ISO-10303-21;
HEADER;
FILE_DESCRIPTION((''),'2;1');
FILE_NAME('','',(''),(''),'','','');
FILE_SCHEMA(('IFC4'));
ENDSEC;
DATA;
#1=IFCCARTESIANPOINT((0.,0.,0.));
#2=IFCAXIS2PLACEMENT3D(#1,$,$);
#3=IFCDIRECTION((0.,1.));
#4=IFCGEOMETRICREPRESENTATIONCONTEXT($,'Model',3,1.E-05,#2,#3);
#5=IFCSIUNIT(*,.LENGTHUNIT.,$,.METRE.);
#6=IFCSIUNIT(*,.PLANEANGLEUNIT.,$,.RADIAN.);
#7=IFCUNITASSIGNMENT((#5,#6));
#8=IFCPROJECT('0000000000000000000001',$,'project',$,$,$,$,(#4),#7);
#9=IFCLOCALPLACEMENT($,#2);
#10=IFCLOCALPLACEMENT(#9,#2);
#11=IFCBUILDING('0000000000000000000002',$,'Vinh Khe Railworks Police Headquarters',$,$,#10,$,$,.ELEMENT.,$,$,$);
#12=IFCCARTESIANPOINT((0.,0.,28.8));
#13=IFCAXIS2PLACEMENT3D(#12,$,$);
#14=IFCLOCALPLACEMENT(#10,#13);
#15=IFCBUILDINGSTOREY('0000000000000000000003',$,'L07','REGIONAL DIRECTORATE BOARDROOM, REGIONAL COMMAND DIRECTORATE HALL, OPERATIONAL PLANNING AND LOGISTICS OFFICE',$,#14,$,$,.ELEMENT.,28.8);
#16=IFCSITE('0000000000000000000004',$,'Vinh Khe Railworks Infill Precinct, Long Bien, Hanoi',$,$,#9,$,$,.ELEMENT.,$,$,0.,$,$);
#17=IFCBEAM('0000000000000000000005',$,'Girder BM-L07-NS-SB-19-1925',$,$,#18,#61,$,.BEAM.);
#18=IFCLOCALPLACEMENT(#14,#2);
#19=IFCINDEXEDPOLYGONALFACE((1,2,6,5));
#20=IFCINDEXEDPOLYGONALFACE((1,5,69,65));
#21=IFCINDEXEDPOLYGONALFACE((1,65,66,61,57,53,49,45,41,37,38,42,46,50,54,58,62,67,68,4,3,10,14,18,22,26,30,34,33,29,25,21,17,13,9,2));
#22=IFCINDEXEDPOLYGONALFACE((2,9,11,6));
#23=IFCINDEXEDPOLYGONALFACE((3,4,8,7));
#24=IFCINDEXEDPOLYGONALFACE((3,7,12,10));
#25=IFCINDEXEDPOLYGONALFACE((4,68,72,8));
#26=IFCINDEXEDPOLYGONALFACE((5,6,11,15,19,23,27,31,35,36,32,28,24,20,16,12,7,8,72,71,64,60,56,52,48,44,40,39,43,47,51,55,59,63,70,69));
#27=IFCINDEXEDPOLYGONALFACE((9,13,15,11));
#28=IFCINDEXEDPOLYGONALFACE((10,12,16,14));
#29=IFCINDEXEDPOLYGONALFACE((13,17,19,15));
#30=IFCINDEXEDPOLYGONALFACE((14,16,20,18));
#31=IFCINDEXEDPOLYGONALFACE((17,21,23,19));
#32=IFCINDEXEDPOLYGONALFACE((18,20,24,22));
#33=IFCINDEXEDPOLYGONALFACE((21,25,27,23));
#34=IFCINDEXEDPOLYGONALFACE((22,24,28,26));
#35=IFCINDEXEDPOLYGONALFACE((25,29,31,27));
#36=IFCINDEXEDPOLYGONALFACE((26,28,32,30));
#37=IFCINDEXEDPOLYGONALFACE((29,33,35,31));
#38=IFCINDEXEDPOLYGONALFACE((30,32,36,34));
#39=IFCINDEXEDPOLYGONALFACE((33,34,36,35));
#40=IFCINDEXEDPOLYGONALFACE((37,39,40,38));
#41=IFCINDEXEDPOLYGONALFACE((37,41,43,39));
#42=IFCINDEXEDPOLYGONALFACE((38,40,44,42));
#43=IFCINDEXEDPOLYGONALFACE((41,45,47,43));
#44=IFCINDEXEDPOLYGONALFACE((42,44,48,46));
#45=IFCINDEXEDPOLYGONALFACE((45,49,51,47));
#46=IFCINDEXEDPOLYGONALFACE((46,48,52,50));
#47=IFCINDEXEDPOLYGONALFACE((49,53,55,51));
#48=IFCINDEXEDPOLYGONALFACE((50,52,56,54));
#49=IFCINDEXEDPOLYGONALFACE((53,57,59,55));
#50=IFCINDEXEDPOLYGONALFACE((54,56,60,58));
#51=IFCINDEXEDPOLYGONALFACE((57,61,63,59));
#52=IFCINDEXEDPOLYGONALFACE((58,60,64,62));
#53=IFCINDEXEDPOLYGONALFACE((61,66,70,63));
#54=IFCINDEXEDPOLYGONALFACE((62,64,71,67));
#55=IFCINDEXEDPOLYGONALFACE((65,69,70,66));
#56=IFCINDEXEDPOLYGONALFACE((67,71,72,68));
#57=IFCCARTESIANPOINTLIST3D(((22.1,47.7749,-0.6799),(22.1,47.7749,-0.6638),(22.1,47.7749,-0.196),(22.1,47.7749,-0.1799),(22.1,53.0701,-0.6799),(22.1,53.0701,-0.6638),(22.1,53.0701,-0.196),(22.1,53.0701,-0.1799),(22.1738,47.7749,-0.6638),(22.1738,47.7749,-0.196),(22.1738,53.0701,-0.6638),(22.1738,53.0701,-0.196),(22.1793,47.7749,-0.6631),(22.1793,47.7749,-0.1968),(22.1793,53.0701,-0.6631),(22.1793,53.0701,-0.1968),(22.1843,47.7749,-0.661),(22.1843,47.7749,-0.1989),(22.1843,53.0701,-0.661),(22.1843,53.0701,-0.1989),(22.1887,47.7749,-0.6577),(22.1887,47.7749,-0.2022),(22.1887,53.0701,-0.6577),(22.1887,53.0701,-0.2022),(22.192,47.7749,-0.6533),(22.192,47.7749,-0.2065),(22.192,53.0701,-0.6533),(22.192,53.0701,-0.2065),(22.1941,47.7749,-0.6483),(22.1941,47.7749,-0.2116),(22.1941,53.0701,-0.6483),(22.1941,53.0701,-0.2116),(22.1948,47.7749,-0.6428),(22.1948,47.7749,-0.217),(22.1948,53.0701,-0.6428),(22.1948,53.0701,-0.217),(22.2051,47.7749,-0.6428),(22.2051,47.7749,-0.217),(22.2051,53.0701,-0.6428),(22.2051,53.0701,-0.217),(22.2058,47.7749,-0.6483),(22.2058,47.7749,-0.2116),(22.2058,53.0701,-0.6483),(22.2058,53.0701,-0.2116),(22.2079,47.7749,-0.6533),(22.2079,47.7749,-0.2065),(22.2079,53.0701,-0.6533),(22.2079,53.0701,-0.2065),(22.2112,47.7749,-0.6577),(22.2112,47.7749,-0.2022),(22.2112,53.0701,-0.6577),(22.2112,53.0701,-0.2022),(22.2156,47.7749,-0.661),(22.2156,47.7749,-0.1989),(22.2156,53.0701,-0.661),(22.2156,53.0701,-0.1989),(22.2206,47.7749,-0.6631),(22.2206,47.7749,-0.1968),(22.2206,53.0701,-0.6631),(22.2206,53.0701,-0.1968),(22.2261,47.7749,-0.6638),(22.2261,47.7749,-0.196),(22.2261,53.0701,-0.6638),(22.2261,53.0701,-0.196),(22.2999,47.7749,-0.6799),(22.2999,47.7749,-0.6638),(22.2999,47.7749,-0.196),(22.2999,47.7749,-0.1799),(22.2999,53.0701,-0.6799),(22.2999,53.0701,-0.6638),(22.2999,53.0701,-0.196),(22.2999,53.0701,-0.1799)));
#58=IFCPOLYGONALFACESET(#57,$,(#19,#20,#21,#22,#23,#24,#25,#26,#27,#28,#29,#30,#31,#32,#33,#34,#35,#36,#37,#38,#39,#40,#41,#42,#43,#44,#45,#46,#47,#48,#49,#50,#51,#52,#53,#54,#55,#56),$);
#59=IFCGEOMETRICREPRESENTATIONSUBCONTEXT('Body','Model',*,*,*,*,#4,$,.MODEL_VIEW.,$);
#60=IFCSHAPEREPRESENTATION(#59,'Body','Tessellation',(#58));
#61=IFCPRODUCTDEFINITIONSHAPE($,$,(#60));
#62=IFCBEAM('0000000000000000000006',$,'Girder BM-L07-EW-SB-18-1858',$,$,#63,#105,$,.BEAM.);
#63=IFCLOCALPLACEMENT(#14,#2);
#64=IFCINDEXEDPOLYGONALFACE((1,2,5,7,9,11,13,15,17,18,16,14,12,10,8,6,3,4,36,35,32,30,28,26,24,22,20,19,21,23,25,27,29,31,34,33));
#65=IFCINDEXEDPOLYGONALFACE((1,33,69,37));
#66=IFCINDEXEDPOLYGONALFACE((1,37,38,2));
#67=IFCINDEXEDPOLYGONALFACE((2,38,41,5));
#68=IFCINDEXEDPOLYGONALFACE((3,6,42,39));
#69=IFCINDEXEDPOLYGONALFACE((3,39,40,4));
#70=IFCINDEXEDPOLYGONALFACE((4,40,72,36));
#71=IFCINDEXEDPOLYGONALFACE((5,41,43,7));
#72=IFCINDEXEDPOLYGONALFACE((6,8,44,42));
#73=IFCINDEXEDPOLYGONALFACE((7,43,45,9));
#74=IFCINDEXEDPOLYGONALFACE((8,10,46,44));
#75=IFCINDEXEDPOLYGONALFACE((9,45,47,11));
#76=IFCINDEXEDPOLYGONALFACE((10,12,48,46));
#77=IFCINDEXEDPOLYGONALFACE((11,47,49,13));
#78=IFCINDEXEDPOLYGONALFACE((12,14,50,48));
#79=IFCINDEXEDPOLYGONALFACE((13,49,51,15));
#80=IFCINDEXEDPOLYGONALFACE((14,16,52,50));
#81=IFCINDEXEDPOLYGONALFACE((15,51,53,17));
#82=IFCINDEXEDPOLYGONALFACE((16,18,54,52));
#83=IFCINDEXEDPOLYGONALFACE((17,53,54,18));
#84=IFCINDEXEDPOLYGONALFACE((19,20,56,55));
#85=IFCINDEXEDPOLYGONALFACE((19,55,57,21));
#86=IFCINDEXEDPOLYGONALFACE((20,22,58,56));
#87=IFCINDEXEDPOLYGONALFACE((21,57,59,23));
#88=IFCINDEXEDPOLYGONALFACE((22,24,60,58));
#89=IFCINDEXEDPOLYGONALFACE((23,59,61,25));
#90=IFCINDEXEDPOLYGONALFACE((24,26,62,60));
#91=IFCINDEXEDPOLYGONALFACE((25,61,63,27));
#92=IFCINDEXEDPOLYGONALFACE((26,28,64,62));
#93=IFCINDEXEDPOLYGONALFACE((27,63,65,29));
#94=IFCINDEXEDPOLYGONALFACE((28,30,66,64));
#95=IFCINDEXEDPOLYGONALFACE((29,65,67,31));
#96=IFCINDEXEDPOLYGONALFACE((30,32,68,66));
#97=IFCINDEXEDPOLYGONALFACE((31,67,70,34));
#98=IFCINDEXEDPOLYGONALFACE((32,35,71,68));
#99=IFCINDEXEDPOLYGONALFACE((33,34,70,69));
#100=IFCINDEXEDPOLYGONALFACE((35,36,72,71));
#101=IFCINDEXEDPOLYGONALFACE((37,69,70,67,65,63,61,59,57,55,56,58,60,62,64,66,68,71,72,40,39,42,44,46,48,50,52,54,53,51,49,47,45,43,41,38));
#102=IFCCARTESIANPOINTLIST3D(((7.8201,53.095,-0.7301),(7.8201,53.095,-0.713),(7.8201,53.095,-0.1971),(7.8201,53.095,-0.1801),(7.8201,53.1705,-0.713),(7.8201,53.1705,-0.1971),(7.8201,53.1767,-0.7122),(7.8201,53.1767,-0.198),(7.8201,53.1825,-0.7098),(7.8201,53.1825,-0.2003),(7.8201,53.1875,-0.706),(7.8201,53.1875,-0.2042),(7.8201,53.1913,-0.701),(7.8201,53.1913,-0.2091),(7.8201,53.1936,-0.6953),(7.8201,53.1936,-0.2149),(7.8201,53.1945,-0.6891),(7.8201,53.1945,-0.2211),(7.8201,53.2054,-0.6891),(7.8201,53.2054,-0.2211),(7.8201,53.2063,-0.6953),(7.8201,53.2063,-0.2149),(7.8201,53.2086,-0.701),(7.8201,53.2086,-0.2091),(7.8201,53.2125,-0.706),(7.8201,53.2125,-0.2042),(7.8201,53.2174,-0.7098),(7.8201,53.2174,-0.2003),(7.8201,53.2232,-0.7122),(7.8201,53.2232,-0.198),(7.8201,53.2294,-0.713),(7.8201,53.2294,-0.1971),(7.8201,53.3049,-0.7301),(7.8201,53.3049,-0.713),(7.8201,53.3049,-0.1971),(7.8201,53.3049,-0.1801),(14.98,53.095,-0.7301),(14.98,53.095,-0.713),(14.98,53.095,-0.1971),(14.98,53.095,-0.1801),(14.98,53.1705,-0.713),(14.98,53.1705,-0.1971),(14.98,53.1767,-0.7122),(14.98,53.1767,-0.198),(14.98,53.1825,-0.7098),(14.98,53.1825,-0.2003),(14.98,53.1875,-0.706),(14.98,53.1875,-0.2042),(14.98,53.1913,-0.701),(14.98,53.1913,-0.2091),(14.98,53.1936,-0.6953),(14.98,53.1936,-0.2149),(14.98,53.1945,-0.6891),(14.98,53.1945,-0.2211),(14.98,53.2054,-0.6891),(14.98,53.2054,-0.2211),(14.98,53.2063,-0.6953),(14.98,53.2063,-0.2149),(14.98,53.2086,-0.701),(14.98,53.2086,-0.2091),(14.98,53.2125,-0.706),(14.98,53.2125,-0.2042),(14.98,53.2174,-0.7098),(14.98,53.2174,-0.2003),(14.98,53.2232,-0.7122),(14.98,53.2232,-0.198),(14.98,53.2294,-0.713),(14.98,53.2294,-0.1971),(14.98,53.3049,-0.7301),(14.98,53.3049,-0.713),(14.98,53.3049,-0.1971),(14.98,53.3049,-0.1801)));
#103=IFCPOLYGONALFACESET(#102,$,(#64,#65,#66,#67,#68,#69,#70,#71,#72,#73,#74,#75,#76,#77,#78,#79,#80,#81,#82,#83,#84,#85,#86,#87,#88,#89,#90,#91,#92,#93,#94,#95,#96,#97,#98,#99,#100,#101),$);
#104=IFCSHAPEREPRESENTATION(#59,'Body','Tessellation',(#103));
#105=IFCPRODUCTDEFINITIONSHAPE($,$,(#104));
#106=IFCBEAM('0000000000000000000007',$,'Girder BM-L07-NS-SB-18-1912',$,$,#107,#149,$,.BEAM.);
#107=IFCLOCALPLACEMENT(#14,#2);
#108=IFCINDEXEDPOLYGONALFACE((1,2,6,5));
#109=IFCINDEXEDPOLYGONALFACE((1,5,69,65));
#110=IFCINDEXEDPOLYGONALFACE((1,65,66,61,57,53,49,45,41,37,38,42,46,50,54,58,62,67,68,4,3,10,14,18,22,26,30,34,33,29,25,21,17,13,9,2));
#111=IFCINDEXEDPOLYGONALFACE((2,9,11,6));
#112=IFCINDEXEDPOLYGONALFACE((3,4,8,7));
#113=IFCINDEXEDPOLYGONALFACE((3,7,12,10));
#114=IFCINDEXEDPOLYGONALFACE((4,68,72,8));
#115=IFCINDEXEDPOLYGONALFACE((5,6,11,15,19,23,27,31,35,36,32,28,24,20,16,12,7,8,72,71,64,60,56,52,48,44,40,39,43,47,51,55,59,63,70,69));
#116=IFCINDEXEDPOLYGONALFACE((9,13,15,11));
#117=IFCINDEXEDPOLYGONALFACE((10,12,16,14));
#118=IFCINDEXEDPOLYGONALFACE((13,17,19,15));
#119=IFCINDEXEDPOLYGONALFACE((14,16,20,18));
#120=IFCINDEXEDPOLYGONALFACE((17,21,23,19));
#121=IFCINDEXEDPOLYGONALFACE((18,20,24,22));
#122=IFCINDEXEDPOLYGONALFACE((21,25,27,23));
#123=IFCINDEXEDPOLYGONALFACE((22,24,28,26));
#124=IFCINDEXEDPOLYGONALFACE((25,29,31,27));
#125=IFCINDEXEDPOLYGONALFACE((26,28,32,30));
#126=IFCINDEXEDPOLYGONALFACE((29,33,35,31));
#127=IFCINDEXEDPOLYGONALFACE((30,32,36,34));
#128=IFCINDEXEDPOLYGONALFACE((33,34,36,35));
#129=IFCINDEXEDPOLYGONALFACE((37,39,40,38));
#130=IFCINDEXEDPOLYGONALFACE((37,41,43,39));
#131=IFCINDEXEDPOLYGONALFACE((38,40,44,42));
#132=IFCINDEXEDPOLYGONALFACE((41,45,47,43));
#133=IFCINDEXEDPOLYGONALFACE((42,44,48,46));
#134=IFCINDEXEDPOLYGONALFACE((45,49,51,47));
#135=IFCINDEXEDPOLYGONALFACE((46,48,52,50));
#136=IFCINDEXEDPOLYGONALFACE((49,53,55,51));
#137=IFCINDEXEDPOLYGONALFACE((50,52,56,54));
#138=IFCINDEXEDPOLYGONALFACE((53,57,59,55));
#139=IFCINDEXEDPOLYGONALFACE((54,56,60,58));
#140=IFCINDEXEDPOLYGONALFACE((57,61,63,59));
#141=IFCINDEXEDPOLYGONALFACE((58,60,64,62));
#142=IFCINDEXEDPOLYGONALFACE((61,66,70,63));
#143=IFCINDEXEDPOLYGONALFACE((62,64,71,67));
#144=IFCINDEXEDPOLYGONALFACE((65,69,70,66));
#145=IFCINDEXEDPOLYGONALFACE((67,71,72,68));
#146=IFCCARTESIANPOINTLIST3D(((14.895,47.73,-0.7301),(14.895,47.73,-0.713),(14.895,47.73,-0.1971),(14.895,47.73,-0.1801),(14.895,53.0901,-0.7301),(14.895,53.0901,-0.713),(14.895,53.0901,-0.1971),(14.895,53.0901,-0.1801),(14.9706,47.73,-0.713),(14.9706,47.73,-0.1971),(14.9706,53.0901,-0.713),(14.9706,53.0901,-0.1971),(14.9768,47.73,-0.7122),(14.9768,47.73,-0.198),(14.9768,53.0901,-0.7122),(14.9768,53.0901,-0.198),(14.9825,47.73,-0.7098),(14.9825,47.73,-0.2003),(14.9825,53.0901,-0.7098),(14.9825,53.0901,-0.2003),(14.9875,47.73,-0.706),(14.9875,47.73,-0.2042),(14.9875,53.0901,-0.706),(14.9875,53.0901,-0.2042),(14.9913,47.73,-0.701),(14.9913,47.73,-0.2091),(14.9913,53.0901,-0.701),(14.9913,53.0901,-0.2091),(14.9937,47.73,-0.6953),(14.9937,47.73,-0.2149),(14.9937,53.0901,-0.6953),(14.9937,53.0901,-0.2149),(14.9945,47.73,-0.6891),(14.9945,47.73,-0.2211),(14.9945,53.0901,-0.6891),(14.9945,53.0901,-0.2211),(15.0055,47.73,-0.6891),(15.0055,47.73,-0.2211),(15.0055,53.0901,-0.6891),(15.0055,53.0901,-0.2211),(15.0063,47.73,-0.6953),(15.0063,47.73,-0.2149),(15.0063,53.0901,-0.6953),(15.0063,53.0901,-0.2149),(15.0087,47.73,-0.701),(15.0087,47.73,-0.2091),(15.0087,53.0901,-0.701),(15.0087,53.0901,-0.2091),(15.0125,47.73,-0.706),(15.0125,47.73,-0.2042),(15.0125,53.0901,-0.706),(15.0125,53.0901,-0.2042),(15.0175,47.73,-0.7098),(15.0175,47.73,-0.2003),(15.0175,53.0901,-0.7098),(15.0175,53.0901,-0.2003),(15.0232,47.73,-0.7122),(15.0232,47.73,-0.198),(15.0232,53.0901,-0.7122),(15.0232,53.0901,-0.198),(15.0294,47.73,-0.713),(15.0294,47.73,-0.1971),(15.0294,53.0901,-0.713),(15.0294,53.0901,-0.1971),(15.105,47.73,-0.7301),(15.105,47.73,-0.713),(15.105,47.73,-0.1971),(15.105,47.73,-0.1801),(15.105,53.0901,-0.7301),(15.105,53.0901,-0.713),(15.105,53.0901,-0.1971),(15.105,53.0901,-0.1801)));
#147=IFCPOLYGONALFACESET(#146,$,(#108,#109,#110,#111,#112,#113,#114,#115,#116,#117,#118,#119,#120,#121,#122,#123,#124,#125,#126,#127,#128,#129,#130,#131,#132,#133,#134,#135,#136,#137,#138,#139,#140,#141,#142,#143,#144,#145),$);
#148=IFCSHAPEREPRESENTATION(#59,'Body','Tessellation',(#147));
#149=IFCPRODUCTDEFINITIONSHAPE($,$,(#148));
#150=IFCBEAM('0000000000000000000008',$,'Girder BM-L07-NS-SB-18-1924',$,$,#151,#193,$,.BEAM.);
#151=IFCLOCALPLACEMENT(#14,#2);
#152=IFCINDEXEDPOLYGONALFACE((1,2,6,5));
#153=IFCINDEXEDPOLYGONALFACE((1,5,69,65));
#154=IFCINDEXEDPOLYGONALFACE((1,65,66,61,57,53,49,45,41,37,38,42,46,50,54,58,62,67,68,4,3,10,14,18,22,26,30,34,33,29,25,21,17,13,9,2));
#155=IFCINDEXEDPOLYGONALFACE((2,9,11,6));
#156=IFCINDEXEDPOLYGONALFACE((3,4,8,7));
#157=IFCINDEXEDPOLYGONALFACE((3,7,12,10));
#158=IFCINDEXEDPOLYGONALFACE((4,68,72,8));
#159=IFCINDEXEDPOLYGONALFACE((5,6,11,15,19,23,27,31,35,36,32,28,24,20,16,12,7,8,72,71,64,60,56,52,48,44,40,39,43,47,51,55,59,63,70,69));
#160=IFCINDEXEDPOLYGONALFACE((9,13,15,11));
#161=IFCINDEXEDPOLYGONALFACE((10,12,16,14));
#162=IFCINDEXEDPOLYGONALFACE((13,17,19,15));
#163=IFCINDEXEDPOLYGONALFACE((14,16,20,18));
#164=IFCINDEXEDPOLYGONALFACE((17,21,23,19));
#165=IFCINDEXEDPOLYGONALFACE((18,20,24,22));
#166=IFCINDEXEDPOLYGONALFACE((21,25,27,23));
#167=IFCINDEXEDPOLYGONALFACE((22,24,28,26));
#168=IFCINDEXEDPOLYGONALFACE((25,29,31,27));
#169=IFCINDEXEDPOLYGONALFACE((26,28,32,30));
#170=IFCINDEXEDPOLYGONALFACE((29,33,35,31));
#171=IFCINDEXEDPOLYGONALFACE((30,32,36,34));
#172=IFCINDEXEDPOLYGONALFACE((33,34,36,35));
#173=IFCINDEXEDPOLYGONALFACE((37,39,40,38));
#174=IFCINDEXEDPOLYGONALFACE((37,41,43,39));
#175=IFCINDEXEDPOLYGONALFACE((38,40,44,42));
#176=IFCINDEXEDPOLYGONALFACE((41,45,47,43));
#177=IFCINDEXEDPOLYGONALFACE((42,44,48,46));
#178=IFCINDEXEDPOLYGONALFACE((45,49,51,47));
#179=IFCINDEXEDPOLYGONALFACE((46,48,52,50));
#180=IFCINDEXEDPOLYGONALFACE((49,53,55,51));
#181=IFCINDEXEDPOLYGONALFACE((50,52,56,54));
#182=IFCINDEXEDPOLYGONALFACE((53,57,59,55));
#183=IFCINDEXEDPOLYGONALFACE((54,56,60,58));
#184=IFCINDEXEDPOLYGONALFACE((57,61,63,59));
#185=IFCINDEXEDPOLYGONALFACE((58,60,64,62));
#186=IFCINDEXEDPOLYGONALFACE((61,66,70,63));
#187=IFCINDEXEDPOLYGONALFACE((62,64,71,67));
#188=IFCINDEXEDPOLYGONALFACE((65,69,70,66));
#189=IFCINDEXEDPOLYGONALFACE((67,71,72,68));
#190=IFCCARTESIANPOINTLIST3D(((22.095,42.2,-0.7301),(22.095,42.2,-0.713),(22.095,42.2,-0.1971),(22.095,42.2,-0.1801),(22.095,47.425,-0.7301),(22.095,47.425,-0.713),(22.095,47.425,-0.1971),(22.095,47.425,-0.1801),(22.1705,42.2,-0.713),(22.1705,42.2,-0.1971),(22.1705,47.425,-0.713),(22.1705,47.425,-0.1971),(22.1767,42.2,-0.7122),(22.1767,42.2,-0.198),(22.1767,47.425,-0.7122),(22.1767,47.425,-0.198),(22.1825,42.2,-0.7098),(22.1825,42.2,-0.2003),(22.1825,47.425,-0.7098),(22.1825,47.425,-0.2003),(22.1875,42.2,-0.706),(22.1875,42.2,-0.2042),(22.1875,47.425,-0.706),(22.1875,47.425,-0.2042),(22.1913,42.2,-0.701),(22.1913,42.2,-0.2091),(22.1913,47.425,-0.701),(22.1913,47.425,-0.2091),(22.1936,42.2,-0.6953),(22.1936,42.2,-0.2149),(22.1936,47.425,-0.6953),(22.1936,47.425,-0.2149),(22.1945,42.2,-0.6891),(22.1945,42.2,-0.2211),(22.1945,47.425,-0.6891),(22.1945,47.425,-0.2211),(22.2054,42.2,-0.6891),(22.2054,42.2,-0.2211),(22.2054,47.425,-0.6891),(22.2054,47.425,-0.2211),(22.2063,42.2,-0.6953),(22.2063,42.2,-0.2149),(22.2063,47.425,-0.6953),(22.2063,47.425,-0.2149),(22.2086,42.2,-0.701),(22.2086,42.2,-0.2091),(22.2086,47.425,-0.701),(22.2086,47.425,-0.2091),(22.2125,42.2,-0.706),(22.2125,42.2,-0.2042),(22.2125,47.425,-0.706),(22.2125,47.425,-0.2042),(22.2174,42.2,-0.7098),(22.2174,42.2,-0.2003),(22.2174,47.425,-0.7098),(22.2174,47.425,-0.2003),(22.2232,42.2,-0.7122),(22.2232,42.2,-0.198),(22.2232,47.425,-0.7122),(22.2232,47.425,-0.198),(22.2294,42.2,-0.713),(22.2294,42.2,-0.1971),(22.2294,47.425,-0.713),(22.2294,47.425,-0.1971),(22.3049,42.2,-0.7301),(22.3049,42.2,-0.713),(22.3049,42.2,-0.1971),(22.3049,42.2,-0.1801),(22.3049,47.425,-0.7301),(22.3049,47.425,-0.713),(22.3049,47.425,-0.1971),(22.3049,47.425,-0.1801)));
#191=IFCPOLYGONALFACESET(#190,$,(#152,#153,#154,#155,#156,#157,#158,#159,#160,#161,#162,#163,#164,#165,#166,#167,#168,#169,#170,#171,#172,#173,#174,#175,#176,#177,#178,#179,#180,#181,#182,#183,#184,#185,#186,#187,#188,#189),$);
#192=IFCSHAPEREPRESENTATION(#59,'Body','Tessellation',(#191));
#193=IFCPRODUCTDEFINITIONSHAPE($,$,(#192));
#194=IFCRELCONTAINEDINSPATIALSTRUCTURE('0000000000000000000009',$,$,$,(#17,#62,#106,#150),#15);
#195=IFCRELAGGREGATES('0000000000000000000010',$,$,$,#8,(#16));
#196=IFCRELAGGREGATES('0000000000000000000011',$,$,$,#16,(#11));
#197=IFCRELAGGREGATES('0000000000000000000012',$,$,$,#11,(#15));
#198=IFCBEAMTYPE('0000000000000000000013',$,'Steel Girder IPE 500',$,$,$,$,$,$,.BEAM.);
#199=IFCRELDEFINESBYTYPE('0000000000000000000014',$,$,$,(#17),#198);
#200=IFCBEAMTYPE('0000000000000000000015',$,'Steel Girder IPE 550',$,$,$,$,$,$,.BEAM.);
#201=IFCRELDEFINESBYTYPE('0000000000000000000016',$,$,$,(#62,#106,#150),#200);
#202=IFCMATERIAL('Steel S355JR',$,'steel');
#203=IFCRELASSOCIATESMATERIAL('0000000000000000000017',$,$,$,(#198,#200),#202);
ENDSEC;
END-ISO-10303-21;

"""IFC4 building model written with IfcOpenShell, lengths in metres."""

from ifc_helpers import new_model, si_unit, direction, frame, origin, origin_2d, place, context, subcontext, project, spatial, i_section, extrude, material, material_profile, profile_set, type_object, element, save


model = new_model("IFC4")

# Units and contexts
model_context = context("Model", 3, precision=1e-05, world=origin(), true_north=direction((0.0, 1.0)))
body_context = subcontext(model_context, "Body", "Model", "MODEL_VIEW")
ifc_project = project(units=[si_unit("LENGTHUNIT", "METRE"), si_unit("PLANEANGLEUNIT", "RADIAN")], contexts=[model_context])

# Site, building, storey
site_placement = place(None, origin())
site = spatial("IfcSite", under=ifc_project, at=site_placement, Name="Vinh Khe Railworks Infill Precinct, Long Bien, Hanoi", CompositionType="ELEMENT", RefElevation=0.0)
building_placement = place(site_placement, origin())
building = spatial("IfcBuilding", under=site, at=building_placement, Name="Vinh Khe Railworks Police Headquarters", CompositionType="ELEMENT")
storey_placement = place(building_placement, frame((0.0, 0.0, 28.8)))
storey = spatial("IfcBuildingStorey", under=building, at=storey_placement, Name="L07", Description="REGIONAL DIRECTORATE BOARDROOM, REGIONAL COMMAND DIRECTORATE HALL, OPERATIONAL PLANNING AND LOGISTICS OFFICE", CompositionType="ELEMENT", Elevation=28.8)

# Shared definitions
ifc_material_1 = material(Name="Steel S355JR", Category="steel")

# Beams
ifc_material_profile_1 = material_profile(ifc_material_1, i_section(OverallWidth=0.2, OverallDepth=0.5, WebThickness=0.0103, FlangeThickness=0.0161, FilletRadius=0.021, at=origin_2d()), Name="IPE 500")
ifc_profile_set_1 = profile_set([ifc_material_profile_1], Name="Steel S355JR")
beam_type_1 = type_object("IfcBeamType", Name="Steel Girder IPE 500", PredefinedType="BEAM", material=ifc_profile_set_1)
beam_1_placement = place(storey_placement, frame((22.2, 47.7749, -0.4299), z_axis=(0.0, 1.0, 0.0), x_axis=(-1.0, 0.0, 0.0)))
element("IfcBeam", 1, at=beam_1_placement, inside=storey, type_object=beam_type_1, Name="Girder BM-L07-NS-SB-19-1925", PredefinedType="BEAM", context=body_context, shape_type="SweptSolid", body=[
    extrude(i_section(OverallWidth=0.2, OverallDepth=0.5, WebThickness=0.0103, FlangeThickness=0.0161, FilletRadius=0.021, at=origin_2d()), origin(), (0.0, 0.0, 1.0), 5.2952),
])
ifc_material_profile_2 = material_profile(ifc_material_1, i_section(OverallWidth=0.21, OverallDepth=0.55, WebThickness=0.011, FlangeThickness=0.0171, FilletRadius=0.0239, at=origin_2d()), Name="IPE 550")
ifc_profile_set_2 = profile_set([ifc_material_profile_2], Name="Steel S355JR")
beam_type_2 = type_object("IfcBeamType", Name="Steel Girder IPE 550", PredefinedType="BEAM", material=ifc_profile_set_2)
beam_2_placement = place(storey_placement, frame((7.8201, 53.2, -0.4551), z_axis=(1.0, 0.0, 0.0), x_axis=(0.0, 1.0, 0.0)))
element("IfcBeam", 2, at=beam_2_placement, inside=storey, type_object=beam_type_2, Name="Girder BM-L07-EW-SB-18-1858", PredefinedType="BEAM", context=body_context, shape_type="SweptSolid", body=[
    extrude(i_section(OverallWidth=0.21, OverallDepth=0.55, WebThickness=0.011, FlangeThickness=0.0171, FilletRadius=0.0239, at=origin_2d()), origin(), (0.0, 0.0, 1.0), 7.1599),
])
beam_3_placement = place(storey_placement, frame((15.0, 47.73, -0.4551), z_axis=(0.0, 1.0, 0.0), x_axis=(-1.0, 0.0, 0.0)))
element("IfcBeam", 3, at=beam_3_placement, inside=storey, type_object=beam_type_2, Name="Girder BM-L07-NS-SB-18-1912", PredefinedType="BEAM", context=body_context, shape_type="SweptSolid", body=[
    extrude(i_section(OverallWidth=0.21, OverallDepth=0.55, WebThickness=0.011, FlangeThickness=0.0171, FilletRadius=0.0239, at=origin_2d()), origin(), (0.0, 0.0, 1.0), 5.3601),
])
beam_4_placement = place(storey_placement, frame((22.2, 42.2, -0.4551), z_axis=(0.0, 1.0, 0.0), x_axis=(-1.0, 0.0, 0.0)))
element("IfcBeam", 4, at=beam_4_placement, inside=storey, type_object=beam_type_2, Name="Girder BM-L07-NS-SB-18-1924", PredefinedType="BEAM", context=body_context, shape_type="SweptSolid", body=[
    extrude(i_section(OverallWidth=0.21, OverallDepth=0.55, WebThickness=0.011, FlangeThickness=0.0171, FilletRadius=0.0239, at=origin_2d()), origin(), (0.0, 0.0, 1.0), 5.2251),
])

save(model, "model.ifc")
